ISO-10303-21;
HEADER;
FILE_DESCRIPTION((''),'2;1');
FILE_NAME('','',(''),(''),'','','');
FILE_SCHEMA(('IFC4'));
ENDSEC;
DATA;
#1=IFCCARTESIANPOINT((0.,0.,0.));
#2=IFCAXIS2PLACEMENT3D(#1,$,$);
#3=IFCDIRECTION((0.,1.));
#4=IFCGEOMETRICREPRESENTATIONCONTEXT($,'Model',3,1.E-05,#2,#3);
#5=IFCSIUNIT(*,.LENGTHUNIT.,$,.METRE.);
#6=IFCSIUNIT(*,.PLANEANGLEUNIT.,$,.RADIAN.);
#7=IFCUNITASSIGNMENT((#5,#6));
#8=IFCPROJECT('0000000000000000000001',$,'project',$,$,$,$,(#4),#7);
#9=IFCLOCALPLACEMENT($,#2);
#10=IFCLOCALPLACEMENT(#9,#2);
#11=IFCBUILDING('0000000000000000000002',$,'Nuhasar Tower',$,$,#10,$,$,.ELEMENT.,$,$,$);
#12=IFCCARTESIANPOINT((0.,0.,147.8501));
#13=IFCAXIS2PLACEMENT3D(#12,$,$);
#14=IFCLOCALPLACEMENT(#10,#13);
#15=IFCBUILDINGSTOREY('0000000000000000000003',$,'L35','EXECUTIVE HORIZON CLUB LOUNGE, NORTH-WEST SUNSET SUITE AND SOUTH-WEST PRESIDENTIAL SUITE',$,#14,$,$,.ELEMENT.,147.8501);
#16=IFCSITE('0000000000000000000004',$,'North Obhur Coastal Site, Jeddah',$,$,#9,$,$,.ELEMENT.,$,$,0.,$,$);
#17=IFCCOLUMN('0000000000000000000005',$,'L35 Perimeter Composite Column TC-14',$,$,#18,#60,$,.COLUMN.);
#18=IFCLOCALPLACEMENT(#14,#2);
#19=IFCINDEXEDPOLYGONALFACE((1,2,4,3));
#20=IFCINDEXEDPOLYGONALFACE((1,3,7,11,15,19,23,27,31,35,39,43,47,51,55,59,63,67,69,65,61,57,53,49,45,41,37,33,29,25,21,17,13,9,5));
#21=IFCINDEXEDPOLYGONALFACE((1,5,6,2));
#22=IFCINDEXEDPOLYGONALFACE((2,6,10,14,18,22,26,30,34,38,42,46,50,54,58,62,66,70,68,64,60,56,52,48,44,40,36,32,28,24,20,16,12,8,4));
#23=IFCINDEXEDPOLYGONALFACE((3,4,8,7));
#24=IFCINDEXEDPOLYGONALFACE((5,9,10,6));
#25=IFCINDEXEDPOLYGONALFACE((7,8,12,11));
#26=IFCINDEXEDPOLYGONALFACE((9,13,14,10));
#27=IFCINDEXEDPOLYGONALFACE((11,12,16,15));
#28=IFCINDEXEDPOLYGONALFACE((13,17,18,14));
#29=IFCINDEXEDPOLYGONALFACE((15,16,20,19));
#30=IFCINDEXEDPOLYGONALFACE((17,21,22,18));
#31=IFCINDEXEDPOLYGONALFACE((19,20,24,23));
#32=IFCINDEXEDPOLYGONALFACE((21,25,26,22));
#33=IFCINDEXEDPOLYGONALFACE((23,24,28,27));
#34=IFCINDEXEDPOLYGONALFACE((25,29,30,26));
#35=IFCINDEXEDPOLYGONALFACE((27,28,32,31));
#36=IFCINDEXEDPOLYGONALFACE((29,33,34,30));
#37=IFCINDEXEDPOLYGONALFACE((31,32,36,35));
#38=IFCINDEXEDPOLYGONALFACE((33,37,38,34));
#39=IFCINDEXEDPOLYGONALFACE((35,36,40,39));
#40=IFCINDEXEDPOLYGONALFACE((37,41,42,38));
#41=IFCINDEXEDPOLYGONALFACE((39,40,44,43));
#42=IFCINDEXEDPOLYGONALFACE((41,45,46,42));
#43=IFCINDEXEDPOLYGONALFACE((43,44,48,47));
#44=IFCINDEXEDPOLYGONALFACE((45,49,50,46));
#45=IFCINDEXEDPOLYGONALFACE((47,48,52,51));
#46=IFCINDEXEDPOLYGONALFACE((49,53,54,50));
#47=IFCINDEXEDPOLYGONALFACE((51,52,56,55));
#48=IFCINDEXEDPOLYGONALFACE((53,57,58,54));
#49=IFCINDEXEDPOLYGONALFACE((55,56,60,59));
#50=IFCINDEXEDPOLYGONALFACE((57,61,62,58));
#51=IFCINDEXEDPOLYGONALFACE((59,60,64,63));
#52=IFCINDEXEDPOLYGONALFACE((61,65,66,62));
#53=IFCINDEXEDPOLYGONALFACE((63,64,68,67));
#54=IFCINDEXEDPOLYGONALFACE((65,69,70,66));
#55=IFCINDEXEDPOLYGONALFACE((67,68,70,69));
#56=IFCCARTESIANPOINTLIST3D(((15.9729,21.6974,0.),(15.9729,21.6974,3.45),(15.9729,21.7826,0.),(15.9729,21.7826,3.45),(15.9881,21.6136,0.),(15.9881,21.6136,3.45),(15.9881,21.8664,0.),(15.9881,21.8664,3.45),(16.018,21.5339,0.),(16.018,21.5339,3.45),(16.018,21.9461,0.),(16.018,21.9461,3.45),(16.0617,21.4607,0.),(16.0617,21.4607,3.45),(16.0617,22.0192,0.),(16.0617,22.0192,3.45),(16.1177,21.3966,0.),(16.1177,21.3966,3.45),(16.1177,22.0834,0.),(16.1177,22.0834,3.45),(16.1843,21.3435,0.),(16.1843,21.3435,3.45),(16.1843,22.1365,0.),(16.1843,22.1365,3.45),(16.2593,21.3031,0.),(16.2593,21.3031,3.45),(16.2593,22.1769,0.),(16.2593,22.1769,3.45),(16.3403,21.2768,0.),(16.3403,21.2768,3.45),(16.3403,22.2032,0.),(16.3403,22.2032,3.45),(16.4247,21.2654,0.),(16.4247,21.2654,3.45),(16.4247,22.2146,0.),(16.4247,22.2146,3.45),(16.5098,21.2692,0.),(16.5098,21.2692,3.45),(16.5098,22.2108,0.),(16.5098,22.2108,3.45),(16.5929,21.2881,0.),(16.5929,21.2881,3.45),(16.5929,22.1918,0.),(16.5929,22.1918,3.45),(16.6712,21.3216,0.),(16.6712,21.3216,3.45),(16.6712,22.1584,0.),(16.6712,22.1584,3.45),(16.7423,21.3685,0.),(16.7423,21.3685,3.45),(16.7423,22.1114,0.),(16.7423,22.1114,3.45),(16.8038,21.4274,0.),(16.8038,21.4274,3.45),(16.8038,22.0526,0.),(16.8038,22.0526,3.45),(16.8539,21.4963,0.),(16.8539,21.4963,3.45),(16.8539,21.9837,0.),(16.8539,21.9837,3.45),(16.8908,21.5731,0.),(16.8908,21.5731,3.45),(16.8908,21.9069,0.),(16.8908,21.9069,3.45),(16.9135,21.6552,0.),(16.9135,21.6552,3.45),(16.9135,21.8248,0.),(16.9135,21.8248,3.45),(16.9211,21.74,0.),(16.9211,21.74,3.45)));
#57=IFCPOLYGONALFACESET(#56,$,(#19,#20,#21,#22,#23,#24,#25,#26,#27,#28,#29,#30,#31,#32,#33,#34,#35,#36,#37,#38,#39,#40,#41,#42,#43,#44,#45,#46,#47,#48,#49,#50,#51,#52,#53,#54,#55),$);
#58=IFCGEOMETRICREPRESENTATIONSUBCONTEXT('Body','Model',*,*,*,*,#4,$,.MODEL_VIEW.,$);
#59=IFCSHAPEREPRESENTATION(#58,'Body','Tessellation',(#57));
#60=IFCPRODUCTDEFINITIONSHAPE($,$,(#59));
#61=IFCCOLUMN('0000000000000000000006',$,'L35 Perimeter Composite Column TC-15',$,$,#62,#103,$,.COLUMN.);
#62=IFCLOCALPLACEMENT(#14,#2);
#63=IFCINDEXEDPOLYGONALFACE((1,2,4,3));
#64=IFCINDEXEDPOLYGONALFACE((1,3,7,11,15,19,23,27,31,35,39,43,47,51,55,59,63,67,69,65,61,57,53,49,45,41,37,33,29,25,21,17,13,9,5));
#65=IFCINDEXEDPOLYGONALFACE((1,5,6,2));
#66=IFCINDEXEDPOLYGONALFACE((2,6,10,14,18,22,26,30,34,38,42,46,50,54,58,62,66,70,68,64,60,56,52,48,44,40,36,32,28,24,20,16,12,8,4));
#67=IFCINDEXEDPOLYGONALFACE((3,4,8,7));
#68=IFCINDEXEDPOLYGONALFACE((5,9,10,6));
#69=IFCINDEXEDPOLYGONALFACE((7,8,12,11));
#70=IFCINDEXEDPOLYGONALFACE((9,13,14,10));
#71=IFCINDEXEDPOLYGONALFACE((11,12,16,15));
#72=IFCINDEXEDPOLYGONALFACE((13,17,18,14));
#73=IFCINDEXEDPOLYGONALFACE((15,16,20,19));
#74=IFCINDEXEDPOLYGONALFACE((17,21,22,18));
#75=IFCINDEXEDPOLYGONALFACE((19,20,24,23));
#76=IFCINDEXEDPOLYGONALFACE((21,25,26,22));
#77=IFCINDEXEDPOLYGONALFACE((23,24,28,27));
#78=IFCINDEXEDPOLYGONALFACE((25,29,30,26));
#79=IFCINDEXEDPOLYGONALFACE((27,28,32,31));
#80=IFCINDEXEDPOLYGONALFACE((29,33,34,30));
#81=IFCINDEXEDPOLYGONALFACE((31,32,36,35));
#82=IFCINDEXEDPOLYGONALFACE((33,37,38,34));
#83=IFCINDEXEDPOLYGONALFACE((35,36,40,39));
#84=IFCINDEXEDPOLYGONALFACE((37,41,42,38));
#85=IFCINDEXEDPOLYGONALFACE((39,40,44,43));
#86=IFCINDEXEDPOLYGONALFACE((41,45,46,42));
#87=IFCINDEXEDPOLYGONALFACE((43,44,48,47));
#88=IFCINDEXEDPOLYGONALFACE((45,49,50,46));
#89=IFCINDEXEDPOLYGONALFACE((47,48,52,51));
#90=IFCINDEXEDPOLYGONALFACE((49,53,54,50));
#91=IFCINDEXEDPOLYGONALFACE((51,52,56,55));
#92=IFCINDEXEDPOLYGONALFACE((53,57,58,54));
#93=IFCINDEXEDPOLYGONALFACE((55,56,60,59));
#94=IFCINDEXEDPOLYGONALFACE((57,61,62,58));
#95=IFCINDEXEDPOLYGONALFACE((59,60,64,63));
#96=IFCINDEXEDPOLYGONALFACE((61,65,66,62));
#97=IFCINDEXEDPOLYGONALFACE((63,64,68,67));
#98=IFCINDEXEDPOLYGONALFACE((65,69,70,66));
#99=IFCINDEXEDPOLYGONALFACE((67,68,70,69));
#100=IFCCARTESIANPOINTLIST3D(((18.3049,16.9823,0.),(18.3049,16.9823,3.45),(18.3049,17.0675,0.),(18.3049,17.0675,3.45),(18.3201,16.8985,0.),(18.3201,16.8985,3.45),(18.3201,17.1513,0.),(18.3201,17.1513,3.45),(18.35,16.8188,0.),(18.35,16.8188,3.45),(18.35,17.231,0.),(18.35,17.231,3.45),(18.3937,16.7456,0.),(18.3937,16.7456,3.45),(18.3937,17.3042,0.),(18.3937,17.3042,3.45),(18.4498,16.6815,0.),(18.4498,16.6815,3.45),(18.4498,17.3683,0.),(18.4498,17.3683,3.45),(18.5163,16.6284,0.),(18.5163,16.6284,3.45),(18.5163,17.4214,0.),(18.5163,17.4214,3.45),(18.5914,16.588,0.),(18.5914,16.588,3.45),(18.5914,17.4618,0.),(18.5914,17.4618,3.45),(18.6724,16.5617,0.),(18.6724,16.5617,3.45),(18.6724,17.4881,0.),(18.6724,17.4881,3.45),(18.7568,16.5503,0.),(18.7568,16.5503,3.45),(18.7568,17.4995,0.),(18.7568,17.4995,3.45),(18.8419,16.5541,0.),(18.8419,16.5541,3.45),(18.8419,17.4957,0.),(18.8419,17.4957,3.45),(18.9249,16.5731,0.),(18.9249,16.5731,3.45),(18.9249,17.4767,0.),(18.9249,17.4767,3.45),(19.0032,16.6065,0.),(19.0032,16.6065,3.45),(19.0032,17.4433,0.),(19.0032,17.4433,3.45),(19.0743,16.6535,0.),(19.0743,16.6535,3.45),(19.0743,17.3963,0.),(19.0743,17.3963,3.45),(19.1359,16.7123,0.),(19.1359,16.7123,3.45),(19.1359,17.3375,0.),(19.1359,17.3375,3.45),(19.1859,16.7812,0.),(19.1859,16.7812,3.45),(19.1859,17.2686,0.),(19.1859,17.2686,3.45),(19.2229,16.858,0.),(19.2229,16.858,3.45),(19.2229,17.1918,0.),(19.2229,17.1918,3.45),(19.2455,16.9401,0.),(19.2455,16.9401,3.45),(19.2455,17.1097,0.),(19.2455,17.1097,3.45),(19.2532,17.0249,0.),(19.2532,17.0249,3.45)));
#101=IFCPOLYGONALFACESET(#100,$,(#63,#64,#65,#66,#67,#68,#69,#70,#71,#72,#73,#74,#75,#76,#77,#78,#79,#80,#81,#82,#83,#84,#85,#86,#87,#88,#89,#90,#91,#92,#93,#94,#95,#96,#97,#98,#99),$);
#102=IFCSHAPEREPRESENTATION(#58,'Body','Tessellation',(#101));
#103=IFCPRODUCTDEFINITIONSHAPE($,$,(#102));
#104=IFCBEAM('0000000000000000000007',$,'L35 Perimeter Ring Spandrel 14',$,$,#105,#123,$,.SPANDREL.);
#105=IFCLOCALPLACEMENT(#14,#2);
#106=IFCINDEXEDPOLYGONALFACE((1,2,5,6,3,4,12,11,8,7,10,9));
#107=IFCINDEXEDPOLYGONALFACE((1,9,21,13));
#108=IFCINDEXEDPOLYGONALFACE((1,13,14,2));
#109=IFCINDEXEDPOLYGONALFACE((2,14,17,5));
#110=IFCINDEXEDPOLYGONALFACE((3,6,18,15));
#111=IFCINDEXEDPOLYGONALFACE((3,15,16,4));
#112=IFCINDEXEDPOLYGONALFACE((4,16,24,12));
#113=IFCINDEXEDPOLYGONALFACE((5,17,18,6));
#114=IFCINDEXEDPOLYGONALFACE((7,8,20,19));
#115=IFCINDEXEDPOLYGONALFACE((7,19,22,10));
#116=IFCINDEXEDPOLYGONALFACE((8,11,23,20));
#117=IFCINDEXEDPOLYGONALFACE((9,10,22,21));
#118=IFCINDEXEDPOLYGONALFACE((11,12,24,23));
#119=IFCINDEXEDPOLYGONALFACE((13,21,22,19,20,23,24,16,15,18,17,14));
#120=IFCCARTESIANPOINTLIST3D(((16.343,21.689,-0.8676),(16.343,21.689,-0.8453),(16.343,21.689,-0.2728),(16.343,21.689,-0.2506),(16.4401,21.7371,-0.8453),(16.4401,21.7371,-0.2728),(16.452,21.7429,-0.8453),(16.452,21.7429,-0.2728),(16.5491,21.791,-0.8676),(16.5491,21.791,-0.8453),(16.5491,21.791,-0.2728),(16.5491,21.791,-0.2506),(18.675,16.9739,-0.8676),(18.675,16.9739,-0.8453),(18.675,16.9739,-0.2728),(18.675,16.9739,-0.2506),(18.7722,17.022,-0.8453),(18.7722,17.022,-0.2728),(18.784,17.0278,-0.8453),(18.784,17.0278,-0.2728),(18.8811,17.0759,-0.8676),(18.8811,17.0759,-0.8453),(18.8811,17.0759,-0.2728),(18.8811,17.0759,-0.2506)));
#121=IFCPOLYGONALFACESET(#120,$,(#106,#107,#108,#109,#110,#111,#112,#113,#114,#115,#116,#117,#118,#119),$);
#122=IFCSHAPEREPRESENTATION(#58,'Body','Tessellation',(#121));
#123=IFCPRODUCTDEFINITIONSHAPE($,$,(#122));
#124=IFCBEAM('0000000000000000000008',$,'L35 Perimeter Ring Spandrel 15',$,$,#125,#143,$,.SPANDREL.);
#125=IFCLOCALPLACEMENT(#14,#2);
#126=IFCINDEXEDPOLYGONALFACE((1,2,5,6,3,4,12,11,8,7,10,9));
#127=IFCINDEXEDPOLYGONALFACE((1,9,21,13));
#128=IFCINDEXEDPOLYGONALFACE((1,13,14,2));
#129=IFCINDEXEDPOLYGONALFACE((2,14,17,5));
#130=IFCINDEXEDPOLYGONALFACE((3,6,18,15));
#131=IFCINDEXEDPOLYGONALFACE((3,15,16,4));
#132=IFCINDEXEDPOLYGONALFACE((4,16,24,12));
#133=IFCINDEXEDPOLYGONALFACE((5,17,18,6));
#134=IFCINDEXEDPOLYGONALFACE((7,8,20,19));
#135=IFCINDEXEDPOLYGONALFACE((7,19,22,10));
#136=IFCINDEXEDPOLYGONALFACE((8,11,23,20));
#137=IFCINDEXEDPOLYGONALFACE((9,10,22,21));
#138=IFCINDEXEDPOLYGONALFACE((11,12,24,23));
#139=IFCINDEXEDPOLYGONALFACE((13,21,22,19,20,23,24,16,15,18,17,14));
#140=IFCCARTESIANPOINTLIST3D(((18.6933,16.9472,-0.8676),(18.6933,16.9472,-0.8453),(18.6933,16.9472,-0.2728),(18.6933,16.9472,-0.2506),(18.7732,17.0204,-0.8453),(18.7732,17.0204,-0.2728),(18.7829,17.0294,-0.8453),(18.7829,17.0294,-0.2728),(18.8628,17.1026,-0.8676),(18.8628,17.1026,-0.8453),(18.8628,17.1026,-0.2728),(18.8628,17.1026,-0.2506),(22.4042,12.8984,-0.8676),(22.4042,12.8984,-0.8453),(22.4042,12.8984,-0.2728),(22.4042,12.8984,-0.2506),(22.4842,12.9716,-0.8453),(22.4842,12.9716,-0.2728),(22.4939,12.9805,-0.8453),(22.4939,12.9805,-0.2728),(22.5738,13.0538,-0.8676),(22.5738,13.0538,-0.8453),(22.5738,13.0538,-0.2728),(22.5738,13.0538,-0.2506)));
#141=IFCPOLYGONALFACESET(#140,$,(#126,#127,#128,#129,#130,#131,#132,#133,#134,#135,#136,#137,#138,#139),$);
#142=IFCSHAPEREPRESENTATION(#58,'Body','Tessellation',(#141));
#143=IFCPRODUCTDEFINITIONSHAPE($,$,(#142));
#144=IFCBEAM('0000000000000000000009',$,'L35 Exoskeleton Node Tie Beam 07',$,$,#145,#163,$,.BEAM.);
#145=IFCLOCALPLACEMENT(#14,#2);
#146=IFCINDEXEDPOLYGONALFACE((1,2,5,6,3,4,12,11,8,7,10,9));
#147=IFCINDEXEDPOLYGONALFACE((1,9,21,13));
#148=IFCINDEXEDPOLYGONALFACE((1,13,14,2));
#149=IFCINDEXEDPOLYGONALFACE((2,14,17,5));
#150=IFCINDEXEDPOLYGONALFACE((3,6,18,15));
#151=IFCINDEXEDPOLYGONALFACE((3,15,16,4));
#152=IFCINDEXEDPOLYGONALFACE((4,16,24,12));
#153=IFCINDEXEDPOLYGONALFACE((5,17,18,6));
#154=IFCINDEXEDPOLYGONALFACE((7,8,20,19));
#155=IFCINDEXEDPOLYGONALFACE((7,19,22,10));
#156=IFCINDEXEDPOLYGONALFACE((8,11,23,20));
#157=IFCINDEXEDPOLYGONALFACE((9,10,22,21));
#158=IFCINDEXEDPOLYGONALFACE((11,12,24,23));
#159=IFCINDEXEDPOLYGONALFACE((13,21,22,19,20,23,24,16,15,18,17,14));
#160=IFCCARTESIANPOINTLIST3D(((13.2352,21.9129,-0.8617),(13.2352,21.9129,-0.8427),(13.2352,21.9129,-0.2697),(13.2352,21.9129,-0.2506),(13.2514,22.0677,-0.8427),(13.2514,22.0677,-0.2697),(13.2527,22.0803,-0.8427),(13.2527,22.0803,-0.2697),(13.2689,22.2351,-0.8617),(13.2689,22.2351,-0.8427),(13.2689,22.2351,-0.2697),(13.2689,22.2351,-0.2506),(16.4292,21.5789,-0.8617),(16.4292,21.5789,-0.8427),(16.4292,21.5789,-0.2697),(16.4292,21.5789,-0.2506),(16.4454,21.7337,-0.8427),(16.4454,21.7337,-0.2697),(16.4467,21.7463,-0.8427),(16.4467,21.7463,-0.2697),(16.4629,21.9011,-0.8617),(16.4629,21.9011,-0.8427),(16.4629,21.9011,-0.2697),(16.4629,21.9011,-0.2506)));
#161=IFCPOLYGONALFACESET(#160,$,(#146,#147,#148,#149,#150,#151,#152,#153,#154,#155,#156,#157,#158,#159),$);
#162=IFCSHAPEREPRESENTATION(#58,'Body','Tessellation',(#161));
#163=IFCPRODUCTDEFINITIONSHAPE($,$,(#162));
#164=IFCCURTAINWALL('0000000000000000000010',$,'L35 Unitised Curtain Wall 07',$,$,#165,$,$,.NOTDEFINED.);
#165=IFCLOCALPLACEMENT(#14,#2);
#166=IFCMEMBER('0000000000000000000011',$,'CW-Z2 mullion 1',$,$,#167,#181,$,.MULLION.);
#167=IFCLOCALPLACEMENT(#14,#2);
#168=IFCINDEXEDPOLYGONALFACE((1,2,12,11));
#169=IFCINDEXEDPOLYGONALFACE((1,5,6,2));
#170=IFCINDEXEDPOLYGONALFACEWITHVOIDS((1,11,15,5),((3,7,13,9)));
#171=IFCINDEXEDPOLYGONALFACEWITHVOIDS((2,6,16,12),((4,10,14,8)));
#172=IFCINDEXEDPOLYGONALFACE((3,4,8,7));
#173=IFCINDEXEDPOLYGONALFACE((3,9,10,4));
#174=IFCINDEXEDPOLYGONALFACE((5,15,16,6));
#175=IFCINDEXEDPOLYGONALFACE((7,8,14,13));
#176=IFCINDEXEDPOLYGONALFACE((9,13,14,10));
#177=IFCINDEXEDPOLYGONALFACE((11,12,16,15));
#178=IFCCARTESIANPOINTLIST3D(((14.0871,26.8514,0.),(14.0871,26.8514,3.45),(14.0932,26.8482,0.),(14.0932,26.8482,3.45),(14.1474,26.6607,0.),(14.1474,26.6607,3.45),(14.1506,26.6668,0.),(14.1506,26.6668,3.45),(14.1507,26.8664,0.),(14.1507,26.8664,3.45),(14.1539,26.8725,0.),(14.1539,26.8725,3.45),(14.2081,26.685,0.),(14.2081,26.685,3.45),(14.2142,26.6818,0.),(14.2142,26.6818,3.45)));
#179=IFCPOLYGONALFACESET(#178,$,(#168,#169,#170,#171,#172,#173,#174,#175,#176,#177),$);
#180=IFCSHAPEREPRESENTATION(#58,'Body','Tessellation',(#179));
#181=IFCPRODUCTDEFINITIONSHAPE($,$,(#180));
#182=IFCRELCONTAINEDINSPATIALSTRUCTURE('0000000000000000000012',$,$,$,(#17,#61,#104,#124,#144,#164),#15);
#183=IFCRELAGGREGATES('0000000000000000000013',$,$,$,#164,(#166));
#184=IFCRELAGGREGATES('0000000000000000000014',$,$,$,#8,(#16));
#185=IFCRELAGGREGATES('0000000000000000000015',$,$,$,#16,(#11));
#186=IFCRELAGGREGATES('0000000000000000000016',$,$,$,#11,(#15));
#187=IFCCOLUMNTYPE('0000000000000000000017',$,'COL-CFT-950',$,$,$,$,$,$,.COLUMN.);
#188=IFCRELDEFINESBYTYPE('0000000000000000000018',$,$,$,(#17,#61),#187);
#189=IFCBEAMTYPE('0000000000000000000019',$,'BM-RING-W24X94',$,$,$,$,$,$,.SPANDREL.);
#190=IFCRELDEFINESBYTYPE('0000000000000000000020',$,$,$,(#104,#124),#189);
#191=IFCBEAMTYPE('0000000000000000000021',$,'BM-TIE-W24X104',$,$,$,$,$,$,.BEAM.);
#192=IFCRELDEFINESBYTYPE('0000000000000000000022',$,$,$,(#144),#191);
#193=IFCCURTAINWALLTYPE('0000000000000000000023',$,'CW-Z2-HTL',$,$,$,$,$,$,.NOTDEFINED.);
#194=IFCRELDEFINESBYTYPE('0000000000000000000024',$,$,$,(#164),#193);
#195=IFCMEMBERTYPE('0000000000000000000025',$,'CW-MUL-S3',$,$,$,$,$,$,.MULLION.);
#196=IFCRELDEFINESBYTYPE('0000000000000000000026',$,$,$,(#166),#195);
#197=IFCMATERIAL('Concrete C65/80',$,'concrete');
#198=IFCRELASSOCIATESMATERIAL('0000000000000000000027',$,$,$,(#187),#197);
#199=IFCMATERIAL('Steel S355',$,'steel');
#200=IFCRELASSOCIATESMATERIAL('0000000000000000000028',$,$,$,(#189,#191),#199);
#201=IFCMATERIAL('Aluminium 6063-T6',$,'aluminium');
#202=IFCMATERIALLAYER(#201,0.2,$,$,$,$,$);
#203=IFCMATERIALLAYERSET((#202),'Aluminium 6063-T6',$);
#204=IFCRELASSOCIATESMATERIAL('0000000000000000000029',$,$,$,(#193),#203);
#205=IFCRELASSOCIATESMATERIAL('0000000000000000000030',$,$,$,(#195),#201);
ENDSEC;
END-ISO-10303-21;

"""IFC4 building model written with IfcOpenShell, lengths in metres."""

from ifc_helpers import new_model, si_unit, direction, frame, origin, origin_2d, place, context, subcontext, project, spatial, hollow_rectangle, circle, i_section, extrude, material, layer, layer_set, material_profile, profile_set, type_object, element, aggregate, save


model = new_model("IFC4")

# Units and contexts
model_context = context("Model", 3, precision=1e-05, world=origin(), true_north=direction((0.0, 1.0)))
body_context = subcontext(model_context, "Body", "Model", "MODEL_VIEW")
ifc_project = project(units=[si_unit("LENGTHUNIT", "METRE"), si_unit("PLANEANGLEUNIT", "RADIAN")], contexts=[model_context])

# Site, building, storey
site_placement = place(None, origin())
site = spatial("IfcSite", under=ifc_project, at=site_placement, Name="North Obhur Coastal Site, Jeddah", CompositionType="ELEMENT", RefElevation=0.0)
building_placement = place(site_placement, origin())
building = spatial("IfcBuilding", under=site, at=building_placement, Name="Nuhasar Tower", CompositionType="ELEMENT")
storey_placement = place(building_placement, frame((0.0, 0.0, 147.8501)))
storey = spatial("IfcBuildingStorey", under=building, at=storey_placement, Name="L35", Description="EXECUTIVE HORIZON CLUB LOUNGE, NORTH-WEST SUNSET SUITE AND SOUTH-WEST PRESIDENTIAL SUITE", CompositionType="ELEMENT", Elevation=147.8501)

# Columns
ifc_material_1 = material(Name="Concrete C65/80", Category="concrete")
ifc_material_profile_1 = material_profile(ifc_material_1, circle(Radius=0.4751, at=origin_2d()), Name="CFT950")
ifc_profile_set_1 = profile_set([ifc_material_profile_1], Name="Concrete C65/80")
column_type = type_object("IfcColumnType", Name="COL-CFT-950", PredefinedType="COLUMN", material=ifc_profile_set_1)
for number, where, z_axis, x_axis, name in (
    (1, (16.446, 21.74, 0.0), (0.0, 0.0, 1.0), (1.0, 0.0, 0.0), "L35 Perimeter Composite Column TC-14"),
    (2, (18.7781, 17.0249, 0.0), (0.0, 0.0, 1.0), (1.0, 0.0, 0.0), "L35 Perimeter Composite Column TC-15"),
):
    element("IfcColumn", number, at=place(storey_placement, frame(where, z_axis=z_axis, x_axis=x_axis)), inside=storey, type_object=column_type, Name=name, PredefinedType="COLUMN", context=body_context, shape_type="SweptSolid", body=[
        extrude(circle(Radius=0.4751, at=origin_2d()), origin(), (0.0, 0.0, 1.0), 3.45),
    ])

# Beams
ifc_material_2 = material(Name="Steel S355", Category="steel")
ifc_material_profile_2 = material_profile(ifc_material_2, i_section(OverallWidth=0.23, OverallDepth=0.6169, WebThickness=0.0132, FlangeThickness=0.0222, at=origin_2d()), Name="W24X94")
ifc_profile_set_2 = profile_set([ifc_material_profile_2], Name="Steel S355")
beam_type_1 = type_object("IfcBeamType", Name="BM-RING-W24X94", PredefinedType="SPANDREL", material=ifc_profile_set_2)
beam_1_placement = place(storey_placement, frame((16.446, 21.74, -0.5591), z_axis=(0.443329, -0.896359, 0.0), x_axis=(0.896359, 0.443329, 0.0)))
element("IfcBeam", 3, at=beam_1_placement, inside=storey, type_object=beam_type_1, Name="L35 Perimeter Ring Spandrel 14", PredefinedType="SPANDREL", context=body_context, shape_type="SweptSolid", body=[
    extrude(i_section(OverallWidth=0.23, OverallDepth=0.6169, WebThickness=0.0132, FlangeThickness=0.0222, at=origin_2d()), origin(), (0.0, 0.0, 1.0), 5.2603),
])
beam_2_placement = place(storey_placement, frame((18.7781, 17.0249, -0.5591), z_axis=(0.675676, -0.737198, 0.0), x_axis=(0.737198, 0.675676, 0.0)))
element("IfcBeam", 4, at=beam_2_placement, inside=storey, type_object=beam_type_1, Name="L35 Perimeter Ring Spandrel 15", PredefinedType="SPANDREL", context=body_context, shape_type="SweptSolid", body=[
    extrude(i_section(OverallWidth=0.23, OverallDepth=0.6169, WebThickness=0.0132, FlangeThickness=0.0222, at=origin_2d()), origin(), (0.0, 0.0, 1.0), 5.4922),
])
ifc_material_profile_3 = material_profile(ifc_material_2, i_section(OverallWidth=0.324, OverallDepth=0.6111, WebThickness=0.0127, FlangeThickness=0.019, at=origin_2d()), Name="W24X104")
ifc_profile_set_3 = profile_set([ifc_material_profile_3], Name="Steel S355")
beam_type_2 = type_object("IfcBeamType", Name="BM-TIE-W24X104", PredefinedType="BEAM", material=ifc_profile_set_3)
beam_3_placement = place(storey_placement, frame((16.446, 21.74, -0.5562), z_axis=(-0.994578, 0.103996, 0.0), x_axis=(-0.103996, -0.994578, 0.0)))
element("IfcBeam", 5, at=beam_3_placement, inside=storey, type_object=beam_type_2, Name="L35 Exoskeleton Node Tie Beam 07", PredefinedType="BEAM", context=body_context, shape_type="SweptSolid", body=[
    extrude(i_section(OverallWidth=0.324, OverallDepth=0.6111, WebThickness=0.0127, FlangeThickness=0.019, at=origin_2d()), origin(), (0.0, 0.0, 1.0), 3.2114),
])

# Curtain wall, member
ifc_material_3 = material(Name="Aluminium 6063-T6", Category="aluminium")
ifc_layer_1 = layer(ifc_material_3, 0.2)
ifc_layer_set_1 = layer_set([ifc_layer_1], Name="Aluminium 6063-T6")
curtain_wall_type = type_object("IfcCurtainWallType", Name="CW-Z2-HTL", PredefinedType="NOTDEFINED", material=ifc_layer_set_1)
curtain_wall_1_placement = place(storey_placement, origin())
curtain_wall_1 = element("IfcCurtainWall", 6, at=curtain_wall_1_placement, inside=storey, type_object=curtain_wall_type, Name="L35 Unitised Curtain Wall 07", PredefinedType="NOTDEFINED")
ifc_material_profile_4 = material_profile(ifc_material_3, hollow_rectangle(XDim=0.0701, YDim=0.2, WallThickness=0.0049, at=origin_2d()), Name="CWM-3")
ifc_profile_set_4 = profile_set([ifc_material_profile_4], Name="Aluminium 6063-T6")
member_type_1 = type_object("IfcMemberType", Name="CW-MUL-S3", PredefinedType="MULLION", material=ifc_profile_set_4)
member_1_placement = place(storey_placement, frame((14.1506, 26.7666, 0.0), z_axis=(0.0, 0.0, 1.0), x_axis=(0.953433, 0.301604, 0.0)))
member_1 = element("IfcMember", 7, at=member_1_placement, type_object=member_type_1, Name="CW-Z2 mullion 1", PredefinedType="MULLION", context=body_context, shape_type="SweptSolid", body=[
    extrude(hollow_rectangle(XDim=0.0701, YDim=0.2, WallThickness=0.0049, at=origin_2d()), origin(), (0.0, 0.0, 1.0), 3.45),
])

aggregate(curtain_wall_1, [member_1])

save(model, "model.ifc")
